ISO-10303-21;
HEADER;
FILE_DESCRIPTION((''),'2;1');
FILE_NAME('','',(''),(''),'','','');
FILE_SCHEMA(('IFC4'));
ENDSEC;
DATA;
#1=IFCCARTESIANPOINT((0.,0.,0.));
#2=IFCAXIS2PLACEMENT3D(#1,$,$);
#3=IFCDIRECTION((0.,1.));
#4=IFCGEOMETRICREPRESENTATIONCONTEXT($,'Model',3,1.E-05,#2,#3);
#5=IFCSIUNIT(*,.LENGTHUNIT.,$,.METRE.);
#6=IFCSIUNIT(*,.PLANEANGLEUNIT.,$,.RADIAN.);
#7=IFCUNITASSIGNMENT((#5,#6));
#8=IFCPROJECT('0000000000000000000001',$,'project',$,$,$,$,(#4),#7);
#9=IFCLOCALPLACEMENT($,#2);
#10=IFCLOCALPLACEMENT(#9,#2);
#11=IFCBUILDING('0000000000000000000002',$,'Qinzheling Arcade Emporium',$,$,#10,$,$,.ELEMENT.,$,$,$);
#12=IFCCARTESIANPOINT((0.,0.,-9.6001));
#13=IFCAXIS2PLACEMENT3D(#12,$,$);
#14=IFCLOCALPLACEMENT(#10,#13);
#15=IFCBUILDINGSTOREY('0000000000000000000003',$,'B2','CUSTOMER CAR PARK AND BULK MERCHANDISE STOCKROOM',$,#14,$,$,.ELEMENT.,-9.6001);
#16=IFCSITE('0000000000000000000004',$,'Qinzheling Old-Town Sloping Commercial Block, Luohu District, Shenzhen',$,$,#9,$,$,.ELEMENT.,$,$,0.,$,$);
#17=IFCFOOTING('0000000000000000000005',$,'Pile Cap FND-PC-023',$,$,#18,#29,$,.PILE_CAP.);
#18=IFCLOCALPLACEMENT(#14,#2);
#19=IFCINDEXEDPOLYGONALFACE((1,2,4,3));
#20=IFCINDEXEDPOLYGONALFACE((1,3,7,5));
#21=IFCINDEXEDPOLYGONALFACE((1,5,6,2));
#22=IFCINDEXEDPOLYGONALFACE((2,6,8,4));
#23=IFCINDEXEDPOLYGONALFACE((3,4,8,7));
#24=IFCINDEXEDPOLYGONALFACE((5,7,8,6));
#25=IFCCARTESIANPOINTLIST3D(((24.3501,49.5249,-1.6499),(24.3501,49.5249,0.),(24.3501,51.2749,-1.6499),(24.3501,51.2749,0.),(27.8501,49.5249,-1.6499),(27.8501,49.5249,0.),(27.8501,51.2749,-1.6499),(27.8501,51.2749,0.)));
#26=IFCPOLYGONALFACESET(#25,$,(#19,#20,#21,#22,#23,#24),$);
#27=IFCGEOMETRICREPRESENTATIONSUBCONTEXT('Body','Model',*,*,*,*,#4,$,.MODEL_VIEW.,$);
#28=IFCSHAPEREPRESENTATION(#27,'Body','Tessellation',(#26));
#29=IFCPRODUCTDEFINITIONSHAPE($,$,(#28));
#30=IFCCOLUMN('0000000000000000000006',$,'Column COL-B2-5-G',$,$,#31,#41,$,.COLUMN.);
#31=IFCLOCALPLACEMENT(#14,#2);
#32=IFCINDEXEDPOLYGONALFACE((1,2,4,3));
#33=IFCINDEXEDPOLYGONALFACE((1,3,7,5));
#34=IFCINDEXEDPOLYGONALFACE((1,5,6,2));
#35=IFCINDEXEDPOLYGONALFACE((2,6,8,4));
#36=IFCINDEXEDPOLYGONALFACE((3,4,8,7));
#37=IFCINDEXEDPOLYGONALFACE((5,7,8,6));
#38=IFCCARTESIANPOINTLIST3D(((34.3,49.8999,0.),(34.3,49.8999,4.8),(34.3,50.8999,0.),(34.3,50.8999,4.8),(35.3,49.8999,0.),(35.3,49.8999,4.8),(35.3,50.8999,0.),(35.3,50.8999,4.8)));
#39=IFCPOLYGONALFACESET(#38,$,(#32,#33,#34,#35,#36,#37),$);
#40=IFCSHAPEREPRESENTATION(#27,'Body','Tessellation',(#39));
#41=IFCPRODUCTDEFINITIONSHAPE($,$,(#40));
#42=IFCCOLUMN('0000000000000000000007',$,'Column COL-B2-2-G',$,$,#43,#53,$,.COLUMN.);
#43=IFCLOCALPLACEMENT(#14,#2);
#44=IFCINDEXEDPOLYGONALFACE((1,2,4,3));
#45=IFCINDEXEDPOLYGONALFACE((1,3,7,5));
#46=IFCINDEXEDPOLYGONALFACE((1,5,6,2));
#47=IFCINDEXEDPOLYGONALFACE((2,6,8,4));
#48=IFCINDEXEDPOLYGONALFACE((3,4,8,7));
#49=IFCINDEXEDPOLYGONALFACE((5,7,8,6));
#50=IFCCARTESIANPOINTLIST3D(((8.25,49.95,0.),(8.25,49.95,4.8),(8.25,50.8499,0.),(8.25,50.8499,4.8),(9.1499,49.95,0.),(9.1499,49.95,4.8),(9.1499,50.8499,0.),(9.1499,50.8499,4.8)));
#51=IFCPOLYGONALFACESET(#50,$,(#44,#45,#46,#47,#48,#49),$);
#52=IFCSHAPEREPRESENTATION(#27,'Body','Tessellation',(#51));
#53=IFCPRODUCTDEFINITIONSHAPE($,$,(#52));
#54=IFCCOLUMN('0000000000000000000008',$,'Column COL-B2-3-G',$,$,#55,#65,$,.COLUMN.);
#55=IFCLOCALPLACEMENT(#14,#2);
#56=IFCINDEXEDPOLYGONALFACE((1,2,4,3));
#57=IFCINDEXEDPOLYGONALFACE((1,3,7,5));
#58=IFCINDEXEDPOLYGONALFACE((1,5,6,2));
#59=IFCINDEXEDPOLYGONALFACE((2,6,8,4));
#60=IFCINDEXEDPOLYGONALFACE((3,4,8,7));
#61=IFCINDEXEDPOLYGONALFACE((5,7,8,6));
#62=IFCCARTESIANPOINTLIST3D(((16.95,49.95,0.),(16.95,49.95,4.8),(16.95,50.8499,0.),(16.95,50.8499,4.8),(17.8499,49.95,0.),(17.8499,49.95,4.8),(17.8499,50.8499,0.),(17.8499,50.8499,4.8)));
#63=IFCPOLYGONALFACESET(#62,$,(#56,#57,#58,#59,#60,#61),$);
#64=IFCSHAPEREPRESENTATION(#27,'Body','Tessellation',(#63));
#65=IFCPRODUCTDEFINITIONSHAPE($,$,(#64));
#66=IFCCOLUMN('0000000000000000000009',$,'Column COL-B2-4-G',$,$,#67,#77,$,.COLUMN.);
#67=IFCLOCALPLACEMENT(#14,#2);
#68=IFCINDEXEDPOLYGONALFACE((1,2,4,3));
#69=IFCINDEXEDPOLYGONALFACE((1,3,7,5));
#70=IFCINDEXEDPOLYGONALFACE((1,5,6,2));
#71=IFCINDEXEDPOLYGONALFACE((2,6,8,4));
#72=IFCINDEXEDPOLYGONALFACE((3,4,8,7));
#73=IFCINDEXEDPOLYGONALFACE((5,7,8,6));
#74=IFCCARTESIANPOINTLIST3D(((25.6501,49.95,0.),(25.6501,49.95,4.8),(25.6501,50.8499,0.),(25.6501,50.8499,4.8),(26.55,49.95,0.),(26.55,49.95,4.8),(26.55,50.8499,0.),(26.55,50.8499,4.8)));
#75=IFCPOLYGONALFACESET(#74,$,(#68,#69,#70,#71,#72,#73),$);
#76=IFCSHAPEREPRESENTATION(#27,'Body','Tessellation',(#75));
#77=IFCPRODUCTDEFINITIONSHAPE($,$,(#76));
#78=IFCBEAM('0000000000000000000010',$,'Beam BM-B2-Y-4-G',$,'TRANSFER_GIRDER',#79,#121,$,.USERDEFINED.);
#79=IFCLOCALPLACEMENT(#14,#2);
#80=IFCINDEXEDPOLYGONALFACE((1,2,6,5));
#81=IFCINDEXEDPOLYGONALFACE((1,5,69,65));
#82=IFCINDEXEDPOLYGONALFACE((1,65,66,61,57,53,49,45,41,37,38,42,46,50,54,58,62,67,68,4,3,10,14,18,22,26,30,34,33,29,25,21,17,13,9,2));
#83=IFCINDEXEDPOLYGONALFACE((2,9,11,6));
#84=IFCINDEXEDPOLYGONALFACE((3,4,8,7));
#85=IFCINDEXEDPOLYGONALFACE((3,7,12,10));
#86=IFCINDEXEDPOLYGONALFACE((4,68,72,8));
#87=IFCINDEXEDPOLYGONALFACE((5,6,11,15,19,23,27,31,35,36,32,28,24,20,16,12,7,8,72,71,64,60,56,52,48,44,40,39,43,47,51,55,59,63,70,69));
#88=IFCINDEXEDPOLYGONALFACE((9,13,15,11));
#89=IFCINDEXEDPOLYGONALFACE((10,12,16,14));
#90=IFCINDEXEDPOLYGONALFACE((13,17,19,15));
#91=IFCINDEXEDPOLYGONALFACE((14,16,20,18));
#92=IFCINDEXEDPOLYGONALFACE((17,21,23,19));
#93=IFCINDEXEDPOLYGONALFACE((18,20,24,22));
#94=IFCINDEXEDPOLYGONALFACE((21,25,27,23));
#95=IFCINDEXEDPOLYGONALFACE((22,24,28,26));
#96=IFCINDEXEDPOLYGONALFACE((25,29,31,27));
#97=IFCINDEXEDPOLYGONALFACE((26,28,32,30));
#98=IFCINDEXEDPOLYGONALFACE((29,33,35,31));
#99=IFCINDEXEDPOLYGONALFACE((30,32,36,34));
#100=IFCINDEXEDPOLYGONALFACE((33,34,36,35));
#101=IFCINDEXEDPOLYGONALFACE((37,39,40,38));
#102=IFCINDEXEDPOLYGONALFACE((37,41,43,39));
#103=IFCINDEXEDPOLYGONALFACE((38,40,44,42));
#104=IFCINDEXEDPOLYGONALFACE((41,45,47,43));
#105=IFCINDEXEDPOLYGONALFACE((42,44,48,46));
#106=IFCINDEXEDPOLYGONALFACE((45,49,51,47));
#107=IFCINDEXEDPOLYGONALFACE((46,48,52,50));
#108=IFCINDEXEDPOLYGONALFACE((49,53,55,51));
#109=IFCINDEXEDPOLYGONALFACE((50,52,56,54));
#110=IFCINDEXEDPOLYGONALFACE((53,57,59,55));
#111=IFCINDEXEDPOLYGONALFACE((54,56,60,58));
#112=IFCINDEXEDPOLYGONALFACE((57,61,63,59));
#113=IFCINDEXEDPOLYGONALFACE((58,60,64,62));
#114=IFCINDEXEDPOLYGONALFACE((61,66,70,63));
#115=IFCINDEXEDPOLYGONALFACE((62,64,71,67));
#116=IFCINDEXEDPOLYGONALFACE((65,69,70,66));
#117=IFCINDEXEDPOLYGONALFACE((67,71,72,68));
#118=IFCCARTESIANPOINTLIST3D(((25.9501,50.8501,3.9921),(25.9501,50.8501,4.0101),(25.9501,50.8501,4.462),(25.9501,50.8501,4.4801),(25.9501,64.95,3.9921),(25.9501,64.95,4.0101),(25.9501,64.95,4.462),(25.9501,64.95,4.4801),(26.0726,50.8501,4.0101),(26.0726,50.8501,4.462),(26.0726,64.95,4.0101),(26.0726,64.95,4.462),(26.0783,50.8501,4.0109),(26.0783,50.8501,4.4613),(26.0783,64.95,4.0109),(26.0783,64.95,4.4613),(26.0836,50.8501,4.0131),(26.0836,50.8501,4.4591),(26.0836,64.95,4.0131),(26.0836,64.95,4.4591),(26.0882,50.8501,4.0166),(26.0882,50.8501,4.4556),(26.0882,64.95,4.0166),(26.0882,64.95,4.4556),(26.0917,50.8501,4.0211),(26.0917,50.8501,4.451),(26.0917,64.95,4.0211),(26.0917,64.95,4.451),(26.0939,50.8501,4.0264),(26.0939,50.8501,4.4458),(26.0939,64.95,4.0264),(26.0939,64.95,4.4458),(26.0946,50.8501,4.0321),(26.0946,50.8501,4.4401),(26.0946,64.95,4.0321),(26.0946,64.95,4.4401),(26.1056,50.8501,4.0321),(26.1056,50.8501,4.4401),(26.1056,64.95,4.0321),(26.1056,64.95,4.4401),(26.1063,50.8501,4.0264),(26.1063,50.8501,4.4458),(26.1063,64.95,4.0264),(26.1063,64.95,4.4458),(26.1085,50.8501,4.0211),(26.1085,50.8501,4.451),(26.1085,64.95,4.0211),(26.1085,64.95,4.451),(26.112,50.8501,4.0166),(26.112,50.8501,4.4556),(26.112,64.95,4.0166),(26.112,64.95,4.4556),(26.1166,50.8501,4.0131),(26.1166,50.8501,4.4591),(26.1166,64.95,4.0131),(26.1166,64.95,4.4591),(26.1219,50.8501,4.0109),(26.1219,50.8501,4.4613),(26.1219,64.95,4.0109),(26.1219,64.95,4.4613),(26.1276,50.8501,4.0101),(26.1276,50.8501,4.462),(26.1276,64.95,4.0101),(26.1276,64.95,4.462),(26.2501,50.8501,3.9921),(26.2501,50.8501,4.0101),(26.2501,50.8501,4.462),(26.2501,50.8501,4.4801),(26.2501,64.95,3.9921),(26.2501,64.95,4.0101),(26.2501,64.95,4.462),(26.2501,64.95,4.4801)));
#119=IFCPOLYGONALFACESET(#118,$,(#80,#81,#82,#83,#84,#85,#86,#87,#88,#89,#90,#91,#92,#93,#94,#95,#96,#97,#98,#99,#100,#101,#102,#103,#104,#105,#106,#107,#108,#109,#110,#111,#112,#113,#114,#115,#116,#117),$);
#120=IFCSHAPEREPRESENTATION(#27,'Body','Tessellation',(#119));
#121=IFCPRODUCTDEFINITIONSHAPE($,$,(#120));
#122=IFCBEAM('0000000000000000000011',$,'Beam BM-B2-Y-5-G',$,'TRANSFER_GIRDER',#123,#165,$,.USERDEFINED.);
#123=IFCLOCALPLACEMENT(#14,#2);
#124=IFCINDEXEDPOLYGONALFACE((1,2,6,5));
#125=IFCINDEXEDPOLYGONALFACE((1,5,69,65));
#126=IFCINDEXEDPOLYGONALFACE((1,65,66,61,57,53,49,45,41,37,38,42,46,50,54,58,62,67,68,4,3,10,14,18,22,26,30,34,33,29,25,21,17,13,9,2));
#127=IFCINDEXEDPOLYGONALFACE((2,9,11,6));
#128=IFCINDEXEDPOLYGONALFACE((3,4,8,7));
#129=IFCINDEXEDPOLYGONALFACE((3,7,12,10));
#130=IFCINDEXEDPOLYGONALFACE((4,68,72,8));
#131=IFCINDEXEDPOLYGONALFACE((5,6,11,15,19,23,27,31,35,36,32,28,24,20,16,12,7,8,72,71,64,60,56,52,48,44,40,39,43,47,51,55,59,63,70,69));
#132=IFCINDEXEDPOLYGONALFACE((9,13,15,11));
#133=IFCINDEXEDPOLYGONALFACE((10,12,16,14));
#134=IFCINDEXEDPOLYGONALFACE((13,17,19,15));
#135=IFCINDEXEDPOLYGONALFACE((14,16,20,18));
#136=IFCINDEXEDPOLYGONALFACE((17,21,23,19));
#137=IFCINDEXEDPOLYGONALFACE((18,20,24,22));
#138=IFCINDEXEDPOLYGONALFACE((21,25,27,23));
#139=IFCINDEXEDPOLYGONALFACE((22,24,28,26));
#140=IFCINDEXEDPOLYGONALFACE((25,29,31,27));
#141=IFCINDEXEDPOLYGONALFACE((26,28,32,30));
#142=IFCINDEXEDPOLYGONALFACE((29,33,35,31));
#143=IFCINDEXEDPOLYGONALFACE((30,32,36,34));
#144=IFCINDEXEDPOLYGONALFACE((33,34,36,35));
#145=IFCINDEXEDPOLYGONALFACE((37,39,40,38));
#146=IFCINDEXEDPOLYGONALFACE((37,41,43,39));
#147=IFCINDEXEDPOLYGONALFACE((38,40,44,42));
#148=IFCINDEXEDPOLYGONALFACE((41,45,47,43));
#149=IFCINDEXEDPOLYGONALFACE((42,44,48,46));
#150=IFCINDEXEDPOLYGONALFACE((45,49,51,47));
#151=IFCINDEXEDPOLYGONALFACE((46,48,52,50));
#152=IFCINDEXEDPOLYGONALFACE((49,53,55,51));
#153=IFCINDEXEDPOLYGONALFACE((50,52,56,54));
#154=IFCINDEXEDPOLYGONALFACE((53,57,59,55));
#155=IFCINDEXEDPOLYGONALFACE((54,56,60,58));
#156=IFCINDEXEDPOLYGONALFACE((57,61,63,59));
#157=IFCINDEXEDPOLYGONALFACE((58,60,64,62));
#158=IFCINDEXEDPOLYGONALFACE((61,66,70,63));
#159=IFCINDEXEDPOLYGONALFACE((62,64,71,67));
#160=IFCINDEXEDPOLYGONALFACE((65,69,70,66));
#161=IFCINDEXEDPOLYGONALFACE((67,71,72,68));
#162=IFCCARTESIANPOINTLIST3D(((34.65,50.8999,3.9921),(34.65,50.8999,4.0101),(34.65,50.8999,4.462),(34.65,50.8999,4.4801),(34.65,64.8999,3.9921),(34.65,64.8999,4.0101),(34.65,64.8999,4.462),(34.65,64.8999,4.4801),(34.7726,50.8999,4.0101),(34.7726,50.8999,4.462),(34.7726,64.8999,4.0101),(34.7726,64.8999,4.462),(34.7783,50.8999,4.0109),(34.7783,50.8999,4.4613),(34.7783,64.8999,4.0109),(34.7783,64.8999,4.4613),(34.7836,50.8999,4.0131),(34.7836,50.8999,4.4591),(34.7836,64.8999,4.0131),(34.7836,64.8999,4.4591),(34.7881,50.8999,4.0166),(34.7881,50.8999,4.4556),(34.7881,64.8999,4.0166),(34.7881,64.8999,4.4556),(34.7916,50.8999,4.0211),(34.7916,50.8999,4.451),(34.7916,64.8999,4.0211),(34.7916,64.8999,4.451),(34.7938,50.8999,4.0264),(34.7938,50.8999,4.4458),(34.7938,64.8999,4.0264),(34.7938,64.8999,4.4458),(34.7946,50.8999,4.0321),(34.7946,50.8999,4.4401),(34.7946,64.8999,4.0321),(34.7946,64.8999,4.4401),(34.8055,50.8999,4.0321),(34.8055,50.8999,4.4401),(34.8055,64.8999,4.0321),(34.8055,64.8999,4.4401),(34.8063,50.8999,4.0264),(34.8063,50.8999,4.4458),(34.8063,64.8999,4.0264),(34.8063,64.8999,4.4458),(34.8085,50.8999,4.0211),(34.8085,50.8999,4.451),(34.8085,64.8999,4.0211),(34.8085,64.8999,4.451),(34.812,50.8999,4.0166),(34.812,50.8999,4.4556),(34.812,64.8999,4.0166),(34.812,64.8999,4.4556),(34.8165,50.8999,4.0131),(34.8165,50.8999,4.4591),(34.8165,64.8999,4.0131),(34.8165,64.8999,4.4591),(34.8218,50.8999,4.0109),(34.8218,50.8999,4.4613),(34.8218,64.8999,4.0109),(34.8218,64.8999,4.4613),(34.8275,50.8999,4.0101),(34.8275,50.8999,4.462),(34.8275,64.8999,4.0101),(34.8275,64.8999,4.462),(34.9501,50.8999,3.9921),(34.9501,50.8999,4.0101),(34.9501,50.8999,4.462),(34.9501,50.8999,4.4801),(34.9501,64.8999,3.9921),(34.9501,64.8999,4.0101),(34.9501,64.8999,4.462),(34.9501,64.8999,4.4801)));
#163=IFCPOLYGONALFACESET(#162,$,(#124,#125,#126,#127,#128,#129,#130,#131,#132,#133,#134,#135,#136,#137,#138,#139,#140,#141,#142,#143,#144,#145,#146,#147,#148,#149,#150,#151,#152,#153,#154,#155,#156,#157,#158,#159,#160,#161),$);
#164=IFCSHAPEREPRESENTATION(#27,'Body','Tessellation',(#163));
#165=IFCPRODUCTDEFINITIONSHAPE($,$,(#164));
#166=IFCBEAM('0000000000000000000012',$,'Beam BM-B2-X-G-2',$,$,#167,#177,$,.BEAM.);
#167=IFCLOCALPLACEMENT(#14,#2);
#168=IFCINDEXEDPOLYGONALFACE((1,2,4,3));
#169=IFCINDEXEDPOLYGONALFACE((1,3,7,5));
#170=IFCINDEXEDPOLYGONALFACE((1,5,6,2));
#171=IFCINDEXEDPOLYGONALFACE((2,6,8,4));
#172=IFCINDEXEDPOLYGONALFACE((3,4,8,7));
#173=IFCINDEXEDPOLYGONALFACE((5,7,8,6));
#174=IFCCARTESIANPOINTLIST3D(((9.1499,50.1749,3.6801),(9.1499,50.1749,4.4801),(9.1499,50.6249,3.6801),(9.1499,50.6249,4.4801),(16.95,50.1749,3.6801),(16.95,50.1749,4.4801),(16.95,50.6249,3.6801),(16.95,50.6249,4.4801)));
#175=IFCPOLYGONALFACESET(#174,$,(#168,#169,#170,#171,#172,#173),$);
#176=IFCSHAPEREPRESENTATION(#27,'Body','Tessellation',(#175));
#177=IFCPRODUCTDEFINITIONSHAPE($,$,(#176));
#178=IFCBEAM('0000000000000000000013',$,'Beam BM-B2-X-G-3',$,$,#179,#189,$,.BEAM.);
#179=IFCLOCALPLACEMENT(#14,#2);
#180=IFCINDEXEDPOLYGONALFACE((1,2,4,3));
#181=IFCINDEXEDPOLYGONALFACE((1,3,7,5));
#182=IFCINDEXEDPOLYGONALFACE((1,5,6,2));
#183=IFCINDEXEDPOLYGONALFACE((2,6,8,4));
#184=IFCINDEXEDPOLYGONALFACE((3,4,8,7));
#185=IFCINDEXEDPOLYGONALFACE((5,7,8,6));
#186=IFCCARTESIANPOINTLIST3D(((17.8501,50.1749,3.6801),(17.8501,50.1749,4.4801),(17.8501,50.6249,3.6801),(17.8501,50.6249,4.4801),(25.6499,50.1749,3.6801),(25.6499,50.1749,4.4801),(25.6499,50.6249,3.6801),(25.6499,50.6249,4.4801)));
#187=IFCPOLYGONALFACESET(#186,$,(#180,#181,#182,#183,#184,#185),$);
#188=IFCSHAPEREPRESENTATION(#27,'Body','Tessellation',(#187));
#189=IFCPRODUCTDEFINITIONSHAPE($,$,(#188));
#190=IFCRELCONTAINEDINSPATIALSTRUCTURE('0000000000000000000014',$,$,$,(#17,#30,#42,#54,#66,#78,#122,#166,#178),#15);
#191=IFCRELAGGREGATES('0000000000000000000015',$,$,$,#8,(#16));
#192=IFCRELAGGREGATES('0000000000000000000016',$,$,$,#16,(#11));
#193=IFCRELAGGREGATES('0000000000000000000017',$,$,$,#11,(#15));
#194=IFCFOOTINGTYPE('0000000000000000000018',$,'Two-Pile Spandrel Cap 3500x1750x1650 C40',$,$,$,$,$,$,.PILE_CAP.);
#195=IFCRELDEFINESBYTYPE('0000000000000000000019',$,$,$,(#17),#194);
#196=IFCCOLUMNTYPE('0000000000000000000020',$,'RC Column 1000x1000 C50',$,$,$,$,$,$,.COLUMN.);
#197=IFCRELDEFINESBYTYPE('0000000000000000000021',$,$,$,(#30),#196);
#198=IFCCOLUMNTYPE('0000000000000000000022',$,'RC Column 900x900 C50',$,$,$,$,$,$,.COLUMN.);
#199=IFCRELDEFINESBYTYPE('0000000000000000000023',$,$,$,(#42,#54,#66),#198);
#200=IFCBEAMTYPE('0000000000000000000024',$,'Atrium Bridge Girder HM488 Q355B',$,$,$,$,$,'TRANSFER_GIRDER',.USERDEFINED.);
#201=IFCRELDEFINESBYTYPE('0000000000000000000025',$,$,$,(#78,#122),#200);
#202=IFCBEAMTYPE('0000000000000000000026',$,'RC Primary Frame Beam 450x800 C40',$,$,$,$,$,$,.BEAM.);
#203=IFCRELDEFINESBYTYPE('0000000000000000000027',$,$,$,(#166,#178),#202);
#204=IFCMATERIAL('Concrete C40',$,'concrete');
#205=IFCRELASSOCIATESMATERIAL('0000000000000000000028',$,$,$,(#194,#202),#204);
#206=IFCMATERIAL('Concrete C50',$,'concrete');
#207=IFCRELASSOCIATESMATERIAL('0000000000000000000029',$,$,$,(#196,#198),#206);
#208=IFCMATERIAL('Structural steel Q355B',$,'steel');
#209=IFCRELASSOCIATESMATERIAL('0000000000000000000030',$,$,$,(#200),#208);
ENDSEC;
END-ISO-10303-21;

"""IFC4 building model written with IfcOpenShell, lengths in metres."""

from ifc_helpers import new_model, si_unit, direction, frame, origin, origin_2d, place, context, subcontext, project, spatial, rectangle, i_section, extrude, material, material_profile, profile_set, type_object, element, save


model = new_model("IFC4")

# Units and contexts
model_context = context("Model", 3, precision=1e-05, world=origin(), true_north=direction((0.0, 1.0)))
body_context = subcontext(model_context, "Body", "Model", "MODEL_VIEW")
ifc_project = project(units=[si_unit("LENGTHUNIT", "METRE"), si_unit("PLANEANGLEUNIT", "RADIAN")], contexts=[model_context])

# Site, building, storey
site_placement = place(None, origin())
site = spatial("IfcSite", under=ifc_project, at=site_placement, Name="Qinzheling Old-Town Sloping Commercial Block, Luohu District, Shenzhen", CompositionType="ELEMENT", RefElevation=0.0)
building_placement = place(site_placement, origin())
building = spatial("IfcBuilding", under=site, at=building_placement, Name="Qinzheling Arcade Emporium", CompositionType="ELEMENT")
storey_placement = place(building_placement, frame((0.0, 0.0, -9.6001)))
storey = spatial("IfcBuildingStorey", under=building, at=storey_placement, Name="B2", Description="CUSTOMER CAR PARK AND BULK MERCHANDISE STOCKROOM", CompositionType="ELEMENT", Elevation=-9.6001)

# Shared definitions
ifc_material_1 = material(Name="Concrete C40", Category="concrete")

# Footing
footing_type_1 = type_object("IfcFootingType", Name="Two-Pile Spandrel Cap 3500x1750x1650 C40", PredefinedType="PILE_CAP", material=ifc_material_1)
footing_1_placement = place(storey_placement, frame((26.1001, 50.3999, -1.6499), z_axis=(0.0, 0.0, 1.0), x_axis=(1.0, 0.0, 0.0)))
element("IfcFooting", 1, at=footing_1_placement, inside=storey, type_object=footing_type_1, Name="Pile Cap FND-PC-023", PredefinedType="PILE_CAP", context=body_context, shape_type="SweptSolid", body=[
    extrude(rectangle(XDim=3.5, YDim=1.75, at=origin_2d()), origin(), (0.0, 0.0, 1.0), 1.6499),
])

# Columns
ifc_material_2 = material(Name="Concrete C50", Category="concrete")
ifc_material_profile_1 = material_profile(ifc_material_2, rectangle(XDim=1.0, YDim=1.0, at=origin_2d()), Name="RC 1000x1000", Category="concrete")
ifc_profile_set_1 = profile_set([ifc_material_profile_1], Name="Concrete C50")
column_type_1 = type_object("IfcColumnType", Name="RC Column 1000x1000 C50", PredefinedType="COLUMN", material=ifc_profile_set_1)
column_placement = place(storey_placement, frame((34.8, 50.3999, 0.0), z_axis=(0.0, 0.0, 1.0), x_axis=(1.0, 0.0, 0.0)))
element("IfcColumn", 2, at=column_placement, inside=storey, type_object=column_type_1, Name="Column COL-B2-5-G", PredefinedType="COLUMN", context=body_context, shape_type="SweptSolid", body=[
    extrude(rectangle(XDim=1.0, YDim=1.0, at=origin_2d()), origin(), (0.0, 0.0, 1.0), 4.8),
])
ifc_material_profile_2 = material_profile(ifc_material_2, rectangle(XDim=0.8999, YDim=0.8999, at=origin_2d()), Name="RC 900x900", Category="concrete")
ifc_profile_set_2 = profile_set([ifc_material_profile_2], Name="Concrete C50")
column_type_2 = type_object("IfcColumnType", Name="RC Column 900x900 C50", PredefinedType="COLUMN", material=ifc_profile_set_2)
for number, where, z_axis, x_axis, name in (
    (3, (8.7, 50.3999, 0.0), (0.0, 0.0, 1.0), (1.0, 0.0, 0.0), "Column COL-B2-2-G"),
    (4, (17.3999, 50.3999, 0.0), (0.0, 0.0, 1.0), (1.0, 0.0, 0.0), "Column COL-B2-3-G"),
    (5, (26.1001, 50.3999, 0.0), (0.0, 0.0, 1.0), (1.0, 0.0, 0.0), "Column COL-B2-4-G"),
):
    element("IfcColumn", number, at=place(storey_placement, frame(where, z_axis=z_axis, x_axis=x_axis)), inside=storey, type_object=column_type_2, Name=name, PredefinedType="COLUMN", context=body_context, shape_type="SweptSolid", body=[
        extrude(rectangle(XDim=0.8999, YDim=0.8999, at=origin_2d()), origin(), (0.0, 0.0, 1.0), 4.8),
    ])

# Beams
ifc_material_3 = material(Name="Structural steel Q355B", Category="steel")
ifc_material_profile_3 = material_profile(ifc_material_3, i_section(OverallWidth=0.3, OverallDepth=0.488, WebThickness=0.011, FlangeThickness=0.0181, FilletRadius=0.022, at=origin_2d()), Name="HM 488x300x11x18", Category="steel")
ifc_profile_set_3 = profile_set([ifc_material_profile_3], Name="Structural steel Q355B")
beam_type_1 = type_object("IfcBeamType", Name="Atrium Bridge Girder HM488 Q355B", ElementType="TRANSFER_GIRDER", PredefinedType="USERDEFINED", material=ifc_profile_set_3)
beam_1_placement = place(storey_placement, frame((26.1001, 50.8501, 4.2361), z_axis=(0.0, 1.0, 0.0), x_axis=(-1.0, 0.0, 0.0)))
element("IfcBeam", 6, at=beam_1_placement, inside=storey, type_object=beam_type_1, Name="Beam BM-B2-Y-4-G", ObjectType="TRANSFER_GIRDER", PredefinedType="USERDEFINED", context=body_context, shape_type="SweptSolid", body=[
    extrude(i_section(OverallWidth=0.3, OverallDepth=0.488, WebThickness=0.011, FlangeThickness=0.0181, FilletRadius=0.022, at=origin_2d()), origin(), (0.0, 0.0, 1.0), 14.0999),
])
beam_2_placement = place(storey_placement, frame((34.8, 50.8999, 4.2361), z_axis=(0.0, 1.0, 0.0), x_axis=(-1.0, 0.0, 0.0)))
element("IfcBeam", 7, at=beam_2_placement, inside=storey, type_object=beam_type_1, Name="Beam BM-B2-Y-5-G", ObjectType="TRANSFER_GIRDER", PredefinedType="USERDEFINED", context=body_context, shape_type="SweptSolid", body=[
    extrude(i_section(OverallWidth=0.3, OverallDepth=0.488, WebThickness=0.011, FlangeThickness=0.0181, FilletRadius=0.022, at=origin_2d()), origin(), (0.0, 0.0, 1.0), 14.0),
])
ifc_material_profile_4 = material_profile(ifc_material_1, rectangle(XDim=0.45, YDim=0.8, at=origin_2d()), Name="RC 450x800", Category="concrete")
ifc_profile_set_4 = profile_set([ifc_material_profile_4], Name="Concrete C40")
beam_type_2 = type_object("IfcBeamType", Name="RC Primary Frame Beam 450x800 C40", PredefinedType="BEAM", material=ifc_profile_set_4)
beam_3_placement = place(storey_placement, frame((9.1499, 50.3999, 4.0801), z_axis=(1.0, 0.0, 0.0), x_axis=(0.0, 1.0, 0.0)))
element("IfcBeam", 8, at=beam_3_placement, inside=storey, type_object=beam_type_2, Name="Beam BM-B2-X-G-2", PredefinedType="BEAM", context=body_context, shape_type="SweptSolid", body=[
    extrude(rectangle(XDim=0.45, YDim=0.8, at=origin_2d()), origin(), (0.0, 0.0, 1.0), 7.8),
])
beam_4_placement = place(storey_placement, frame((17.8501, 50.3999, 4.0801), z_axis=(1.0, 0.0, 0.0), x_axis=(0.0, 1.0, 0.0)))
element("IfcBeam", 9, at=beam_4_placement, inside=storey, type_object=beam_type_2, Name="Beam BM-B2-X-G-3", PredefinedType="BEAM", context=body_context, shape_type="SweptSolid", body=[
    extrude(rectangle(XDim=0.45, YDim=0.8, at=origin_2d()), origin(), (0.0, 0.0, 1.0), 7.7998),
])

save(model, "model.ifc")
